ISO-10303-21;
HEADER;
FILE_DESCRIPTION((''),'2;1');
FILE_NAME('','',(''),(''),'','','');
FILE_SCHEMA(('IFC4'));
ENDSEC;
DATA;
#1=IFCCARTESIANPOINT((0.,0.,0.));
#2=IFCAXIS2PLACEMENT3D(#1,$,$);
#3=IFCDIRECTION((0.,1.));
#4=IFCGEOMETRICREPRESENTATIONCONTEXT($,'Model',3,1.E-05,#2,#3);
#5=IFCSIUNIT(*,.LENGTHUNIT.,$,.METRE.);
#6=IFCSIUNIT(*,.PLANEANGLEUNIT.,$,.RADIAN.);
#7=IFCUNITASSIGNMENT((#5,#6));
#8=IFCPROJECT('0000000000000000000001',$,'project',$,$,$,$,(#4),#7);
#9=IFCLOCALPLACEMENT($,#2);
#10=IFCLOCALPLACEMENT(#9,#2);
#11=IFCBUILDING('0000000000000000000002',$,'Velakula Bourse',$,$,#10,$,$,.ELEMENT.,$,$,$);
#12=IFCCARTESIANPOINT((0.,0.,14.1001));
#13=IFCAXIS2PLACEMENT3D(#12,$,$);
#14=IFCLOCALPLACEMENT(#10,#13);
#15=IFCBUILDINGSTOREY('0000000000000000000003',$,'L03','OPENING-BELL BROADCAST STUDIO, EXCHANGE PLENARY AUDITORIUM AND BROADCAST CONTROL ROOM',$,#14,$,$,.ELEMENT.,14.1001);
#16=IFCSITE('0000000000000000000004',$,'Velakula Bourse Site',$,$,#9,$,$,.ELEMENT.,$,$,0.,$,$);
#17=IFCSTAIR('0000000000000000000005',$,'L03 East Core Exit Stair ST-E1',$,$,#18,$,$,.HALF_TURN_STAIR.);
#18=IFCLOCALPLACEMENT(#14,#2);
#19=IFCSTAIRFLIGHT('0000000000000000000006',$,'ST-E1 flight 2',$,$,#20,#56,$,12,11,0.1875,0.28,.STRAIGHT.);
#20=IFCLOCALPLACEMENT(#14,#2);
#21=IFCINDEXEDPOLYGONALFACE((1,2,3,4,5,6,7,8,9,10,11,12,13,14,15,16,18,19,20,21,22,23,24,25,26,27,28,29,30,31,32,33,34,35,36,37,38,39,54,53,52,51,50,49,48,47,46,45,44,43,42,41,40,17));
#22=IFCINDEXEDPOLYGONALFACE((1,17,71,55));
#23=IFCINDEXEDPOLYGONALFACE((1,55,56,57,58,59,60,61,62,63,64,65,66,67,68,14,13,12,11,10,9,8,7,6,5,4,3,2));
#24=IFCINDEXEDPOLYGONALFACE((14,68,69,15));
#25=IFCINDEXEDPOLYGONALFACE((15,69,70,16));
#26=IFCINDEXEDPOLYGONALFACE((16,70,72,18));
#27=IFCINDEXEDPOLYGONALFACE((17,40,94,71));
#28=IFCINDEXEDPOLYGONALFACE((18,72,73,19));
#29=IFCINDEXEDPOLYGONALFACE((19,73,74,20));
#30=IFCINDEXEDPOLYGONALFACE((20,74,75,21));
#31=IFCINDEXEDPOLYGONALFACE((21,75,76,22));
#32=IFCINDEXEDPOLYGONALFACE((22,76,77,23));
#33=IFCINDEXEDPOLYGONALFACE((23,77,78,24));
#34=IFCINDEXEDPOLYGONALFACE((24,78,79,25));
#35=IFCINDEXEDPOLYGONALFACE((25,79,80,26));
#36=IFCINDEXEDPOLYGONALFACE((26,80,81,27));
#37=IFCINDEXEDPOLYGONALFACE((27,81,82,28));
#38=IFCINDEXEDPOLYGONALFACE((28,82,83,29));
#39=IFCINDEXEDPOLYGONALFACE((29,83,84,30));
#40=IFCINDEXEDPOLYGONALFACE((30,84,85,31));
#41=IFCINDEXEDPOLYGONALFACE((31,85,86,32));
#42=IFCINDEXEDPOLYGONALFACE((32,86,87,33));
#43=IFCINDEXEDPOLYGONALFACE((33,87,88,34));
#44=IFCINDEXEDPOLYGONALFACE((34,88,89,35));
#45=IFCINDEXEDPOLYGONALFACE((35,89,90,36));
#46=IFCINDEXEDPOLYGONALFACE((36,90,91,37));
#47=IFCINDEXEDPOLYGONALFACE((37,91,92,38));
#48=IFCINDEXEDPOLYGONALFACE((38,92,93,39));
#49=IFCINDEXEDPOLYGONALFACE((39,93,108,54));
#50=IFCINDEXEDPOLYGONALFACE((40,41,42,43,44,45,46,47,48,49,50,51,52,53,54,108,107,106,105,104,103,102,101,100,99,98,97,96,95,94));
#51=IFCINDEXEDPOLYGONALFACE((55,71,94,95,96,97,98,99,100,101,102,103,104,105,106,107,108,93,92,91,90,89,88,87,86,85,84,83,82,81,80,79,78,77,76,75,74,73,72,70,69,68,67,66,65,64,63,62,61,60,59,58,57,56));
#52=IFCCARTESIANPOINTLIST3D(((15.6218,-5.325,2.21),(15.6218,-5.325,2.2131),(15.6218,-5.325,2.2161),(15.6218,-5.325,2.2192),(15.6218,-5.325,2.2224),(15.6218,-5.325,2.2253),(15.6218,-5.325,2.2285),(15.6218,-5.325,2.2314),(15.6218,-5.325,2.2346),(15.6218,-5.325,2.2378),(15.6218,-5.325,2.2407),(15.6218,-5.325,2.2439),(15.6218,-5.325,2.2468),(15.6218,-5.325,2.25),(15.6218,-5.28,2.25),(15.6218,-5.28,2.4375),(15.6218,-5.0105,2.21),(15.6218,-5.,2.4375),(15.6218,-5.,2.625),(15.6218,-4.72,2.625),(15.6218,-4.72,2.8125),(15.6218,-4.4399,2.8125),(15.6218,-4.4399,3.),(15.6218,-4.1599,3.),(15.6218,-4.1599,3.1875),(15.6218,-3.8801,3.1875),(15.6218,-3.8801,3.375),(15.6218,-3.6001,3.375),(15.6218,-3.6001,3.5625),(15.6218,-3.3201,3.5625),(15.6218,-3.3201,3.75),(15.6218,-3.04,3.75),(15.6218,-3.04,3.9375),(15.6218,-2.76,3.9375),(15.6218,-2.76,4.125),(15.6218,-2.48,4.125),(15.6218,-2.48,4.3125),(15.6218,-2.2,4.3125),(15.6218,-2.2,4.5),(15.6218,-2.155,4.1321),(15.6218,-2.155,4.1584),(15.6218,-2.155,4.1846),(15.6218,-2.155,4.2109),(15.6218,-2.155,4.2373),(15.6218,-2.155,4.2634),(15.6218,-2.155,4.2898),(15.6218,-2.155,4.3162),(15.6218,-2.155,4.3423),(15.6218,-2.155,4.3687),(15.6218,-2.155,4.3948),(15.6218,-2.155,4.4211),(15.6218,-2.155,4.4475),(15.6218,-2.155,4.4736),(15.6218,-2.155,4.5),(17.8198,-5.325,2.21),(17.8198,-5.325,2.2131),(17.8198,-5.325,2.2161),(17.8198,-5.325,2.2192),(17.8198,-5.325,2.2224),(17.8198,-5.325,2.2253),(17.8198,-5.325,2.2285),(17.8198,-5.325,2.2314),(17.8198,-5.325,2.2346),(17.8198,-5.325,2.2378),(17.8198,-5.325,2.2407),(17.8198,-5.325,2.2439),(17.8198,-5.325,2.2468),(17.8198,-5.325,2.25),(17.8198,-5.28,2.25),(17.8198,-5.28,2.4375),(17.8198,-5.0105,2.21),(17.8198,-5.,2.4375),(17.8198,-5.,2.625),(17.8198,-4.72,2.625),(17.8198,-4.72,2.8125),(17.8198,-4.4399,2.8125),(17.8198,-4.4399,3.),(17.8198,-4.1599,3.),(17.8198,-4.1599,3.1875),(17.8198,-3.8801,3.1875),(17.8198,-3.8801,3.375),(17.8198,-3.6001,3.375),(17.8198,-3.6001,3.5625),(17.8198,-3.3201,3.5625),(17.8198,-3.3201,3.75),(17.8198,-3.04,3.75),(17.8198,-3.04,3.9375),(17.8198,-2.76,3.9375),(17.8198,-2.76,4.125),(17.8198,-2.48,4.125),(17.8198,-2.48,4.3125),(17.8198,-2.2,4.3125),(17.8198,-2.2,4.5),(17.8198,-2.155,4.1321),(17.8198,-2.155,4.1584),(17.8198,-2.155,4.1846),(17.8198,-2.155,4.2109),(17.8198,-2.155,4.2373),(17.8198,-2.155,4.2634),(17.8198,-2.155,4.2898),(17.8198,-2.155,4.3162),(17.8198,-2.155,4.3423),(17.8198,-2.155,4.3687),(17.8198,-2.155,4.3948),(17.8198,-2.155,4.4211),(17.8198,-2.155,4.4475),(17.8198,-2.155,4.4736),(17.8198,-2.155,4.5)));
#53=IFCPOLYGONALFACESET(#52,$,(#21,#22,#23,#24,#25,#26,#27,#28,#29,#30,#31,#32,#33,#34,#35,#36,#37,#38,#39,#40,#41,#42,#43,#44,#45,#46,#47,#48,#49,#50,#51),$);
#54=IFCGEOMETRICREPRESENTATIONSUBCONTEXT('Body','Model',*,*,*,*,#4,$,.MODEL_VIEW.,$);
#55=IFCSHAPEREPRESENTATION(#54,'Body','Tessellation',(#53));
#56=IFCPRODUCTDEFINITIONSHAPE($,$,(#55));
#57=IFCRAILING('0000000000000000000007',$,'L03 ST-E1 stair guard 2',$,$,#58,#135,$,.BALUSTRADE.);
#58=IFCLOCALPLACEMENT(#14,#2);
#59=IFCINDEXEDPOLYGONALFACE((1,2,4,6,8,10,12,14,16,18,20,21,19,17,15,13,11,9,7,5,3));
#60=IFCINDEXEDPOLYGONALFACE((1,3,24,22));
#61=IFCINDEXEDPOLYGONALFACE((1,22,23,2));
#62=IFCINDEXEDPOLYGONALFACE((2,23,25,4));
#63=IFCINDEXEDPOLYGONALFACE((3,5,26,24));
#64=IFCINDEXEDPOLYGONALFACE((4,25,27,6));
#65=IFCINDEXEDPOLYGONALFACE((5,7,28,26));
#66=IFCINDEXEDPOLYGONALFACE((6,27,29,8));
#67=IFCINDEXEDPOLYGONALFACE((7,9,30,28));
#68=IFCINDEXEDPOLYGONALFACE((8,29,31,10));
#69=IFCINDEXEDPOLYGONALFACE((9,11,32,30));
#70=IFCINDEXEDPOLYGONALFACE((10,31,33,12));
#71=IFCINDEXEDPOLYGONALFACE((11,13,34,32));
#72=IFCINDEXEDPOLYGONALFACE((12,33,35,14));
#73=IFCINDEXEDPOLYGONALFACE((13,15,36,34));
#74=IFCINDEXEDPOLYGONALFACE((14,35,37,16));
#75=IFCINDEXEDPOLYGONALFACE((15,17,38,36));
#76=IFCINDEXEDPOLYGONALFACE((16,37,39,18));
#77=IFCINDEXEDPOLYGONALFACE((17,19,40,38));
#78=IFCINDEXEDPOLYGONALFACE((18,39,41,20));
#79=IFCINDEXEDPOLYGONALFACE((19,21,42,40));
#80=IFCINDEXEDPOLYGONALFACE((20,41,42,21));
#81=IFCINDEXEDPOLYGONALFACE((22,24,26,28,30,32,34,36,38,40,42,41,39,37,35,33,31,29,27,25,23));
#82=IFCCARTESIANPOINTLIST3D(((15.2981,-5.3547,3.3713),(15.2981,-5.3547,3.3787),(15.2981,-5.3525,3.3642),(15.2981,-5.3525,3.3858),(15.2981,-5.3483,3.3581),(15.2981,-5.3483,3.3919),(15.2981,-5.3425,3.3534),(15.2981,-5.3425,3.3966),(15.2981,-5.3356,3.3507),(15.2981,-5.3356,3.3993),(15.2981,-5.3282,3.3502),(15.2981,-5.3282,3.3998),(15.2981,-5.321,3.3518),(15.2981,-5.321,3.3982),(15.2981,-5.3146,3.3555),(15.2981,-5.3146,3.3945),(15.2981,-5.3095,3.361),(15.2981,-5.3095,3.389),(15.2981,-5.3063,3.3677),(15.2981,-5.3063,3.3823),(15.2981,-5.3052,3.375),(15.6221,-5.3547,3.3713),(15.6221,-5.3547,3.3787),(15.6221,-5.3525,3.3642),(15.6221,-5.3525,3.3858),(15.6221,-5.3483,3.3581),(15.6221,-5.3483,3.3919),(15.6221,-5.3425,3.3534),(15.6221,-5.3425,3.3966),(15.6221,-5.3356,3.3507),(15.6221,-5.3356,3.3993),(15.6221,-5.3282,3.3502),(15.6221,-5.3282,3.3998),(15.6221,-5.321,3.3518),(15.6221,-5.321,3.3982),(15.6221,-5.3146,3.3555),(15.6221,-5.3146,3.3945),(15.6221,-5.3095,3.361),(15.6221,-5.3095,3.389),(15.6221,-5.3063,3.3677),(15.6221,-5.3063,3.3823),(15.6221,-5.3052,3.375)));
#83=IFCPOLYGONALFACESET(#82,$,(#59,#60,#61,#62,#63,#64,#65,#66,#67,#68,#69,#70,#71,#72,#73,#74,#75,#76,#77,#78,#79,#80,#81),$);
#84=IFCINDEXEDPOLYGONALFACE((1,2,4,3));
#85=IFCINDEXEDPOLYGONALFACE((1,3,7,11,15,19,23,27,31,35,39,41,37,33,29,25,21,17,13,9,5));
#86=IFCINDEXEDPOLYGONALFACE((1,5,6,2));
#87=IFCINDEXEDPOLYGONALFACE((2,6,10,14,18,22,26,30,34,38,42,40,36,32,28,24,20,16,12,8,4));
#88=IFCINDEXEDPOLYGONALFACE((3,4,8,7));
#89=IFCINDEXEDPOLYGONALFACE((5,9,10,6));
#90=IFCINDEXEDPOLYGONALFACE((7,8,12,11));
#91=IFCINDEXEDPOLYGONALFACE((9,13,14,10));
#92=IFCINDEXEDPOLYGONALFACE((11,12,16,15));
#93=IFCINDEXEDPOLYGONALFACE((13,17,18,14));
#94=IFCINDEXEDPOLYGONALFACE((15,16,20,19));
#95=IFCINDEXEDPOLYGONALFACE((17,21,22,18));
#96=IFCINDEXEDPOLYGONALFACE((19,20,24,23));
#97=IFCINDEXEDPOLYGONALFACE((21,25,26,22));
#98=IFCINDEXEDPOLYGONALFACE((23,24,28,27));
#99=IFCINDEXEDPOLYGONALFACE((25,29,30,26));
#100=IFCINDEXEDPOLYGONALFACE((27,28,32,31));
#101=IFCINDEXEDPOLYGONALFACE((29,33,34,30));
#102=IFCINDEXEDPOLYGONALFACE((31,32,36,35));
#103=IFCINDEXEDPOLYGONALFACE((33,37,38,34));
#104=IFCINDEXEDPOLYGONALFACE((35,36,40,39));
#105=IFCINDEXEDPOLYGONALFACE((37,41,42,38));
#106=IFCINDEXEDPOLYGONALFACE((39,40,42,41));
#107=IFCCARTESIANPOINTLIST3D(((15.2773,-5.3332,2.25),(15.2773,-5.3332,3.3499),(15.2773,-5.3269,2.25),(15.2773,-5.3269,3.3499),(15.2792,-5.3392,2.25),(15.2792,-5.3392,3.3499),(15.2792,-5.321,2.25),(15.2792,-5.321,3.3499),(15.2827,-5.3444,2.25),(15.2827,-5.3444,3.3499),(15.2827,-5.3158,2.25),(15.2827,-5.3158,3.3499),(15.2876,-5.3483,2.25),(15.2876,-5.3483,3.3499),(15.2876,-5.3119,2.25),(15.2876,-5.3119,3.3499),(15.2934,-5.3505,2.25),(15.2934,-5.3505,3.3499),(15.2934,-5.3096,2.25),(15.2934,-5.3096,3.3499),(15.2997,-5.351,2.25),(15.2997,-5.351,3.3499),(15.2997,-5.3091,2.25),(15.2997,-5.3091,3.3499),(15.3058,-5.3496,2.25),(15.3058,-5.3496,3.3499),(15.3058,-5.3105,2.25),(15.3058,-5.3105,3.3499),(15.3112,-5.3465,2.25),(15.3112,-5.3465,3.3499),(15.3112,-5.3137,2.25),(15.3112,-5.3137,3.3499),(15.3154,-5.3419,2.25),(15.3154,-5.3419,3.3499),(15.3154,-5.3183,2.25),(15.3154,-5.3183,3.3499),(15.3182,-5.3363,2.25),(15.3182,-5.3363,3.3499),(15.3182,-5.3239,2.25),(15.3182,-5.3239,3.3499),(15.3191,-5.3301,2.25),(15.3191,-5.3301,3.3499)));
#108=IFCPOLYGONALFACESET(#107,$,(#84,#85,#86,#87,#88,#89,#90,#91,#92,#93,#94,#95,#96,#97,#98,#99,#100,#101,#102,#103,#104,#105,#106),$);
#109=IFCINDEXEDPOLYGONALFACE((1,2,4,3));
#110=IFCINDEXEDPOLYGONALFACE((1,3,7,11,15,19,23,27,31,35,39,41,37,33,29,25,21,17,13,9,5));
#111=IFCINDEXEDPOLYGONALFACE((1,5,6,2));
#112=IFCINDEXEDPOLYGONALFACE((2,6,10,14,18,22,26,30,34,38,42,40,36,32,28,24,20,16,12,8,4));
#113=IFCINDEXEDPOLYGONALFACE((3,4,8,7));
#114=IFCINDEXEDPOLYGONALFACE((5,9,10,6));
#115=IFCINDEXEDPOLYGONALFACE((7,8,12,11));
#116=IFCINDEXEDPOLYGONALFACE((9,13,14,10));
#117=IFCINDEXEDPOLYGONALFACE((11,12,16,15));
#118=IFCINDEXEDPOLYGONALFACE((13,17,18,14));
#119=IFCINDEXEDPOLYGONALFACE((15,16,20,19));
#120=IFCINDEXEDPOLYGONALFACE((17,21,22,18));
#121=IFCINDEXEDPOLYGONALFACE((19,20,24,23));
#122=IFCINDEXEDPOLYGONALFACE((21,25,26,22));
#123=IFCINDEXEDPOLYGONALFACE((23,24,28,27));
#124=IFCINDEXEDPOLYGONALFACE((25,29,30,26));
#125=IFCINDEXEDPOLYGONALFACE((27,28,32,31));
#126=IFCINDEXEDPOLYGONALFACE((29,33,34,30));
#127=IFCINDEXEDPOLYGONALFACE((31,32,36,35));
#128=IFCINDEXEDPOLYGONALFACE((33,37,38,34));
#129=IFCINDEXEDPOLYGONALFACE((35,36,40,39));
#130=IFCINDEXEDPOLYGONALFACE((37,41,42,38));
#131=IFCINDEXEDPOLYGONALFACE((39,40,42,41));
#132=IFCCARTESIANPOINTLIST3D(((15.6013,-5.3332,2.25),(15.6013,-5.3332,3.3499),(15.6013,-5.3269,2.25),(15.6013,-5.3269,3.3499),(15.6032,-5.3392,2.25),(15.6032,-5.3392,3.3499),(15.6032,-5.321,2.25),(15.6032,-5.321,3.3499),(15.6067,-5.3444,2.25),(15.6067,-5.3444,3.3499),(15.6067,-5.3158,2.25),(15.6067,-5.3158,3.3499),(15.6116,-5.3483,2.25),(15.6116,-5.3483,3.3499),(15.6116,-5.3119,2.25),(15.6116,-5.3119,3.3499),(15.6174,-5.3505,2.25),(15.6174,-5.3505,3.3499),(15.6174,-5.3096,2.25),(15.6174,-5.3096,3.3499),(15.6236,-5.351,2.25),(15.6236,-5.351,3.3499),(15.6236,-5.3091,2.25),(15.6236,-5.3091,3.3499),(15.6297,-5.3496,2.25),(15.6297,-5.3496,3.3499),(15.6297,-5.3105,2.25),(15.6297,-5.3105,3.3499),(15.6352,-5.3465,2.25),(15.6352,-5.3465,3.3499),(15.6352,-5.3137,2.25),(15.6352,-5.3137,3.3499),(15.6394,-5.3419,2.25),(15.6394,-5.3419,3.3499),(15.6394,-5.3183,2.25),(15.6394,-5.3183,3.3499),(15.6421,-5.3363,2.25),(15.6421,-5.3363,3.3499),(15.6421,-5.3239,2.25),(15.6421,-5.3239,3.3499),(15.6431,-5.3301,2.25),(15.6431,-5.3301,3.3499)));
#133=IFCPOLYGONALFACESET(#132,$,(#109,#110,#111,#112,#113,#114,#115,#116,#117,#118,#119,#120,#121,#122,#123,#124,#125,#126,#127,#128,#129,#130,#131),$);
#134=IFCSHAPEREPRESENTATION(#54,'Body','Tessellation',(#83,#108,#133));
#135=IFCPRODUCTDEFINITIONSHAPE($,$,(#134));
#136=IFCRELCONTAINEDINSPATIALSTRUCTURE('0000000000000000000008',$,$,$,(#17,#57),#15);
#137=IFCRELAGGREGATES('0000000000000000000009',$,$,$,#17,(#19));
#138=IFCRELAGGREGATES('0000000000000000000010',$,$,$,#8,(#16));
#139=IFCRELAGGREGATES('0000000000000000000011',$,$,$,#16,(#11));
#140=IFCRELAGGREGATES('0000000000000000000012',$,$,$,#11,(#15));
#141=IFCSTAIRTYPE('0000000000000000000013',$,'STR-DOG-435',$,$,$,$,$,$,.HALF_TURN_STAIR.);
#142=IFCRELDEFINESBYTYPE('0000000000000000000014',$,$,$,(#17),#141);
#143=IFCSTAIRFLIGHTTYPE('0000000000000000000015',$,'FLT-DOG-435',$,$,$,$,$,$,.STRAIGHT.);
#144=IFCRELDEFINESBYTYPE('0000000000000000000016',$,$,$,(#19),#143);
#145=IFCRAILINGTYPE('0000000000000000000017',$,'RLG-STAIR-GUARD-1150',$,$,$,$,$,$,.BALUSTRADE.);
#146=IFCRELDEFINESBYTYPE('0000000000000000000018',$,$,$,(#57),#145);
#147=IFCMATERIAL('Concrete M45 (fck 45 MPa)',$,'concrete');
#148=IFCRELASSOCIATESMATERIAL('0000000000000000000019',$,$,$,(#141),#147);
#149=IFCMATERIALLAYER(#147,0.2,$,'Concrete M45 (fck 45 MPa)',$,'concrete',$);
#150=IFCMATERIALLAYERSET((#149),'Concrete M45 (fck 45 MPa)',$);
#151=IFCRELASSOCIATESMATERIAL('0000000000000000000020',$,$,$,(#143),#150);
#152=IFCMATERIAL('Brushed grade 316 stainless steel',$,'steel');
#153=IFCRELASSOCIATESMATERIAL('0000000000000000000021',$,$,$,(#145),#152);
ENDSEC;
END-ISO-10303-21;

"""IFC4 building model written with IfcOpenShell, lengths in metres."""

from ifc_helpers import new_model, si_unit, direction, frame, origin, origin_2d, place, context, subcontext, project, spatial, polyline, circle, outline, extrude, material, layer, layer_set, type_object, element, aggregate, save


model = new_model("IFC4")

# Units and contexts
model_context = context("Model", 3, precision=1e-05, world=origin(), true_north=direction((0.0, 1.0)))
body_context = subcontext(model_context, "Body", "Model", "MODEL_VIEW")
ifc_project = project(units=[si_unit("LENGTHUNIT", "METRE"), si_unit("PLANEANGLEUNIT", "RADIAN")], contexts=[model_context])

# Site, building, storey
site_placement = place(None, origin())
site = spatial("IfcSite", under=ifc_project, at=site_placement, Name="Velakula Bourse Site", CompositionType="ELEMENT", RefElevation=0.0)
building_placement = place(site_placement, origin())
building = spatial("IfcBuilding", under=site, at=building_placement, Name="Velakula Bourse", CompositionType="ELEMENT")
storey_placement = place(building_placement, frame((0.0, 0.0, 14.1001)))
storey = spatial("IfcBuildingStorey", under=building, at=storey_placement, Name="L03", Description="OPENING-BELL BROADCAST STUDIO, EXCHANGE PLENARY AUDITORIUM AND BROADCAST CONTROL ROOM", CompositionType="ELEMENT", Elevation=14.1001)

# Shared definitions
ifc_material_1 = material(Name="Brushed grade 316 stainless steel", Category="steel")

# Stair, stair flight
ifc_material_2 = material(Name="Concrete M45 (fck 45 MPa)", Category="concrete")
stair_type = type_object("IfcStairType", Name="STR-DOG-435", PredefinedType="HALF_TURN_STAIR", material=ifc_material_2)
stair_placement = place(storey_placement, origin())
stair = element("IfcStair", 1, at=stair_placement, inside=storey, type_object=stair_type, Name="L03 East Core Exit Stair ST-E1", PredefinedType="HALF_TURN_STAIR")
ifc_layer_1 = layer(ifc_material_2, 0.2, Name="Concrete M45 (fck 45 MPa)", Category="concrete")
ifc_layer_set_1 = layer_set([ifc_layer_1], Name="Concrete M45 (fck 45 MPa)")
stair_flight_type = type_object("IfcStairFlightType", Name="FLT-DOG-435", PredefinedType="STRAIGHT", material=ifc_layer_set_1)
stair_flight_1_placement = place(storey_placement, frame((16.7209, -5.28, 2.25), z_axis=(0.0, 0.0, 1.0), x_axis=(0.0, 1.0, 0.0)))
stair_flight_1 = element("IfcStairFlight", 2, at=stair_flight_1_placement, type_object=stair_flight_type, Name="ST-E1 flight 2", NumberOfRisers=12, NumberOfTreads=11, PredefinedType="STRAIGHT", RiserHeight=0.1875, TreadLength=0.28, context=body_context, shape_type="SweptSolid", body=[
    extrude(outline(polyline([(-0.0449, -0.04), (-0.0449, -0.0369), (-0.0449, -0.0339), (-0.0449, -0.0308), (-0.0449, -0.0276), (-0.0449, -0.0247), (-0.0449, -0.0215), (-0.0449, -0.0186), (-0.0449, -0.0154), (-0.0449, -0.0122), (-0.0449, -0.0093), (-0.0449, -0.0061), (-0.0449, -0.0032), (-0.0449, 0.0), (0.0, 0.0), (0.0, 0.1875), (0.28, 0.1875), (0.28, 0.375), (0.5601, 0.375), (0.5601, 0.5625), (0.8401, 0.5625), (0.8401, 0.75), (1.1201, 0.75), (1.1201, 0.9375), (1.3999, 0.9375), (1.3999, 1.125), (1.6799, 1.125), (1.6799, 1.3125), (1.96, 1.3125), (1.96, 1.5), (2.24, 1.5), (2.24, 1.6875), (2.52, 1.6875), (2.52, 1.875), (2.8, 1.875), (2.8, 2.0625), (3.0801, 2.0625), (3.0801, 2.25), (3.125, 2.25), (3.125, 2.2236), (3.125, 2.1975), (3.125, 2.1711), (3.125, 2.1448), (3.125, 2.1187), (3.125, 2.0923), (3.125, 2.0662), (3.125, 2.0398), (3.125, 2.0134), (3.125, 1.9873), (3.125, 1.9609), (3.125, 1.9346), (3.125, 1.9084), (3.125, 1.8821), (0.2695, -0.04), (-0.0449, -0.04)])), frame((0.0, 1.0991, 0.0), z_axis=(0.0, -1.0, 0.0), x_axis=(1.0, 0.0, 0.0)), (0.0, 0.0, 1.0), 2.198),
])
aggregate(stair, [stair_flight_1])

# Railing
railing_type_1 = type_object("IfcRailingType", Name="RLG-STAIR-GUARD-1150", PredefinedType="BALUSTRADE", material=ifc_material_1)
railing_1_placement = place(storey_placement, frame((15.2981, -5.3301, 2.25)))
element("IfcRailing", 3, at=railing_1_placement, inside=storey, type_object=railing_type_1, Name="L03 ST-E1 stair guard 2", PredefinedType="BALUSTRADE", context=body_context, shape_type="SweptSolid", body=[
    extrude(circle(Radius=0.0249, at=origin_2d()), frame((0.0, 0.0, 1.125), z_axis=(1.0, 0.0, 0.0), x_axis=(0.0, 1.0, 0.0)), (0.0, 0.0, 1.0), 0.324),
    extrude(circle(Radius=0.021, at=origin_2d()), origin(), (0.0, 0.0, 1.0), 1.0999),
    extrude(circle(Radius=0.021, at=origin_2d()), frame((0.324, 0.0, 0.0)), (0.0, 0.0, 1.0), 1.0999),
])

save(model, "model.ifc")
